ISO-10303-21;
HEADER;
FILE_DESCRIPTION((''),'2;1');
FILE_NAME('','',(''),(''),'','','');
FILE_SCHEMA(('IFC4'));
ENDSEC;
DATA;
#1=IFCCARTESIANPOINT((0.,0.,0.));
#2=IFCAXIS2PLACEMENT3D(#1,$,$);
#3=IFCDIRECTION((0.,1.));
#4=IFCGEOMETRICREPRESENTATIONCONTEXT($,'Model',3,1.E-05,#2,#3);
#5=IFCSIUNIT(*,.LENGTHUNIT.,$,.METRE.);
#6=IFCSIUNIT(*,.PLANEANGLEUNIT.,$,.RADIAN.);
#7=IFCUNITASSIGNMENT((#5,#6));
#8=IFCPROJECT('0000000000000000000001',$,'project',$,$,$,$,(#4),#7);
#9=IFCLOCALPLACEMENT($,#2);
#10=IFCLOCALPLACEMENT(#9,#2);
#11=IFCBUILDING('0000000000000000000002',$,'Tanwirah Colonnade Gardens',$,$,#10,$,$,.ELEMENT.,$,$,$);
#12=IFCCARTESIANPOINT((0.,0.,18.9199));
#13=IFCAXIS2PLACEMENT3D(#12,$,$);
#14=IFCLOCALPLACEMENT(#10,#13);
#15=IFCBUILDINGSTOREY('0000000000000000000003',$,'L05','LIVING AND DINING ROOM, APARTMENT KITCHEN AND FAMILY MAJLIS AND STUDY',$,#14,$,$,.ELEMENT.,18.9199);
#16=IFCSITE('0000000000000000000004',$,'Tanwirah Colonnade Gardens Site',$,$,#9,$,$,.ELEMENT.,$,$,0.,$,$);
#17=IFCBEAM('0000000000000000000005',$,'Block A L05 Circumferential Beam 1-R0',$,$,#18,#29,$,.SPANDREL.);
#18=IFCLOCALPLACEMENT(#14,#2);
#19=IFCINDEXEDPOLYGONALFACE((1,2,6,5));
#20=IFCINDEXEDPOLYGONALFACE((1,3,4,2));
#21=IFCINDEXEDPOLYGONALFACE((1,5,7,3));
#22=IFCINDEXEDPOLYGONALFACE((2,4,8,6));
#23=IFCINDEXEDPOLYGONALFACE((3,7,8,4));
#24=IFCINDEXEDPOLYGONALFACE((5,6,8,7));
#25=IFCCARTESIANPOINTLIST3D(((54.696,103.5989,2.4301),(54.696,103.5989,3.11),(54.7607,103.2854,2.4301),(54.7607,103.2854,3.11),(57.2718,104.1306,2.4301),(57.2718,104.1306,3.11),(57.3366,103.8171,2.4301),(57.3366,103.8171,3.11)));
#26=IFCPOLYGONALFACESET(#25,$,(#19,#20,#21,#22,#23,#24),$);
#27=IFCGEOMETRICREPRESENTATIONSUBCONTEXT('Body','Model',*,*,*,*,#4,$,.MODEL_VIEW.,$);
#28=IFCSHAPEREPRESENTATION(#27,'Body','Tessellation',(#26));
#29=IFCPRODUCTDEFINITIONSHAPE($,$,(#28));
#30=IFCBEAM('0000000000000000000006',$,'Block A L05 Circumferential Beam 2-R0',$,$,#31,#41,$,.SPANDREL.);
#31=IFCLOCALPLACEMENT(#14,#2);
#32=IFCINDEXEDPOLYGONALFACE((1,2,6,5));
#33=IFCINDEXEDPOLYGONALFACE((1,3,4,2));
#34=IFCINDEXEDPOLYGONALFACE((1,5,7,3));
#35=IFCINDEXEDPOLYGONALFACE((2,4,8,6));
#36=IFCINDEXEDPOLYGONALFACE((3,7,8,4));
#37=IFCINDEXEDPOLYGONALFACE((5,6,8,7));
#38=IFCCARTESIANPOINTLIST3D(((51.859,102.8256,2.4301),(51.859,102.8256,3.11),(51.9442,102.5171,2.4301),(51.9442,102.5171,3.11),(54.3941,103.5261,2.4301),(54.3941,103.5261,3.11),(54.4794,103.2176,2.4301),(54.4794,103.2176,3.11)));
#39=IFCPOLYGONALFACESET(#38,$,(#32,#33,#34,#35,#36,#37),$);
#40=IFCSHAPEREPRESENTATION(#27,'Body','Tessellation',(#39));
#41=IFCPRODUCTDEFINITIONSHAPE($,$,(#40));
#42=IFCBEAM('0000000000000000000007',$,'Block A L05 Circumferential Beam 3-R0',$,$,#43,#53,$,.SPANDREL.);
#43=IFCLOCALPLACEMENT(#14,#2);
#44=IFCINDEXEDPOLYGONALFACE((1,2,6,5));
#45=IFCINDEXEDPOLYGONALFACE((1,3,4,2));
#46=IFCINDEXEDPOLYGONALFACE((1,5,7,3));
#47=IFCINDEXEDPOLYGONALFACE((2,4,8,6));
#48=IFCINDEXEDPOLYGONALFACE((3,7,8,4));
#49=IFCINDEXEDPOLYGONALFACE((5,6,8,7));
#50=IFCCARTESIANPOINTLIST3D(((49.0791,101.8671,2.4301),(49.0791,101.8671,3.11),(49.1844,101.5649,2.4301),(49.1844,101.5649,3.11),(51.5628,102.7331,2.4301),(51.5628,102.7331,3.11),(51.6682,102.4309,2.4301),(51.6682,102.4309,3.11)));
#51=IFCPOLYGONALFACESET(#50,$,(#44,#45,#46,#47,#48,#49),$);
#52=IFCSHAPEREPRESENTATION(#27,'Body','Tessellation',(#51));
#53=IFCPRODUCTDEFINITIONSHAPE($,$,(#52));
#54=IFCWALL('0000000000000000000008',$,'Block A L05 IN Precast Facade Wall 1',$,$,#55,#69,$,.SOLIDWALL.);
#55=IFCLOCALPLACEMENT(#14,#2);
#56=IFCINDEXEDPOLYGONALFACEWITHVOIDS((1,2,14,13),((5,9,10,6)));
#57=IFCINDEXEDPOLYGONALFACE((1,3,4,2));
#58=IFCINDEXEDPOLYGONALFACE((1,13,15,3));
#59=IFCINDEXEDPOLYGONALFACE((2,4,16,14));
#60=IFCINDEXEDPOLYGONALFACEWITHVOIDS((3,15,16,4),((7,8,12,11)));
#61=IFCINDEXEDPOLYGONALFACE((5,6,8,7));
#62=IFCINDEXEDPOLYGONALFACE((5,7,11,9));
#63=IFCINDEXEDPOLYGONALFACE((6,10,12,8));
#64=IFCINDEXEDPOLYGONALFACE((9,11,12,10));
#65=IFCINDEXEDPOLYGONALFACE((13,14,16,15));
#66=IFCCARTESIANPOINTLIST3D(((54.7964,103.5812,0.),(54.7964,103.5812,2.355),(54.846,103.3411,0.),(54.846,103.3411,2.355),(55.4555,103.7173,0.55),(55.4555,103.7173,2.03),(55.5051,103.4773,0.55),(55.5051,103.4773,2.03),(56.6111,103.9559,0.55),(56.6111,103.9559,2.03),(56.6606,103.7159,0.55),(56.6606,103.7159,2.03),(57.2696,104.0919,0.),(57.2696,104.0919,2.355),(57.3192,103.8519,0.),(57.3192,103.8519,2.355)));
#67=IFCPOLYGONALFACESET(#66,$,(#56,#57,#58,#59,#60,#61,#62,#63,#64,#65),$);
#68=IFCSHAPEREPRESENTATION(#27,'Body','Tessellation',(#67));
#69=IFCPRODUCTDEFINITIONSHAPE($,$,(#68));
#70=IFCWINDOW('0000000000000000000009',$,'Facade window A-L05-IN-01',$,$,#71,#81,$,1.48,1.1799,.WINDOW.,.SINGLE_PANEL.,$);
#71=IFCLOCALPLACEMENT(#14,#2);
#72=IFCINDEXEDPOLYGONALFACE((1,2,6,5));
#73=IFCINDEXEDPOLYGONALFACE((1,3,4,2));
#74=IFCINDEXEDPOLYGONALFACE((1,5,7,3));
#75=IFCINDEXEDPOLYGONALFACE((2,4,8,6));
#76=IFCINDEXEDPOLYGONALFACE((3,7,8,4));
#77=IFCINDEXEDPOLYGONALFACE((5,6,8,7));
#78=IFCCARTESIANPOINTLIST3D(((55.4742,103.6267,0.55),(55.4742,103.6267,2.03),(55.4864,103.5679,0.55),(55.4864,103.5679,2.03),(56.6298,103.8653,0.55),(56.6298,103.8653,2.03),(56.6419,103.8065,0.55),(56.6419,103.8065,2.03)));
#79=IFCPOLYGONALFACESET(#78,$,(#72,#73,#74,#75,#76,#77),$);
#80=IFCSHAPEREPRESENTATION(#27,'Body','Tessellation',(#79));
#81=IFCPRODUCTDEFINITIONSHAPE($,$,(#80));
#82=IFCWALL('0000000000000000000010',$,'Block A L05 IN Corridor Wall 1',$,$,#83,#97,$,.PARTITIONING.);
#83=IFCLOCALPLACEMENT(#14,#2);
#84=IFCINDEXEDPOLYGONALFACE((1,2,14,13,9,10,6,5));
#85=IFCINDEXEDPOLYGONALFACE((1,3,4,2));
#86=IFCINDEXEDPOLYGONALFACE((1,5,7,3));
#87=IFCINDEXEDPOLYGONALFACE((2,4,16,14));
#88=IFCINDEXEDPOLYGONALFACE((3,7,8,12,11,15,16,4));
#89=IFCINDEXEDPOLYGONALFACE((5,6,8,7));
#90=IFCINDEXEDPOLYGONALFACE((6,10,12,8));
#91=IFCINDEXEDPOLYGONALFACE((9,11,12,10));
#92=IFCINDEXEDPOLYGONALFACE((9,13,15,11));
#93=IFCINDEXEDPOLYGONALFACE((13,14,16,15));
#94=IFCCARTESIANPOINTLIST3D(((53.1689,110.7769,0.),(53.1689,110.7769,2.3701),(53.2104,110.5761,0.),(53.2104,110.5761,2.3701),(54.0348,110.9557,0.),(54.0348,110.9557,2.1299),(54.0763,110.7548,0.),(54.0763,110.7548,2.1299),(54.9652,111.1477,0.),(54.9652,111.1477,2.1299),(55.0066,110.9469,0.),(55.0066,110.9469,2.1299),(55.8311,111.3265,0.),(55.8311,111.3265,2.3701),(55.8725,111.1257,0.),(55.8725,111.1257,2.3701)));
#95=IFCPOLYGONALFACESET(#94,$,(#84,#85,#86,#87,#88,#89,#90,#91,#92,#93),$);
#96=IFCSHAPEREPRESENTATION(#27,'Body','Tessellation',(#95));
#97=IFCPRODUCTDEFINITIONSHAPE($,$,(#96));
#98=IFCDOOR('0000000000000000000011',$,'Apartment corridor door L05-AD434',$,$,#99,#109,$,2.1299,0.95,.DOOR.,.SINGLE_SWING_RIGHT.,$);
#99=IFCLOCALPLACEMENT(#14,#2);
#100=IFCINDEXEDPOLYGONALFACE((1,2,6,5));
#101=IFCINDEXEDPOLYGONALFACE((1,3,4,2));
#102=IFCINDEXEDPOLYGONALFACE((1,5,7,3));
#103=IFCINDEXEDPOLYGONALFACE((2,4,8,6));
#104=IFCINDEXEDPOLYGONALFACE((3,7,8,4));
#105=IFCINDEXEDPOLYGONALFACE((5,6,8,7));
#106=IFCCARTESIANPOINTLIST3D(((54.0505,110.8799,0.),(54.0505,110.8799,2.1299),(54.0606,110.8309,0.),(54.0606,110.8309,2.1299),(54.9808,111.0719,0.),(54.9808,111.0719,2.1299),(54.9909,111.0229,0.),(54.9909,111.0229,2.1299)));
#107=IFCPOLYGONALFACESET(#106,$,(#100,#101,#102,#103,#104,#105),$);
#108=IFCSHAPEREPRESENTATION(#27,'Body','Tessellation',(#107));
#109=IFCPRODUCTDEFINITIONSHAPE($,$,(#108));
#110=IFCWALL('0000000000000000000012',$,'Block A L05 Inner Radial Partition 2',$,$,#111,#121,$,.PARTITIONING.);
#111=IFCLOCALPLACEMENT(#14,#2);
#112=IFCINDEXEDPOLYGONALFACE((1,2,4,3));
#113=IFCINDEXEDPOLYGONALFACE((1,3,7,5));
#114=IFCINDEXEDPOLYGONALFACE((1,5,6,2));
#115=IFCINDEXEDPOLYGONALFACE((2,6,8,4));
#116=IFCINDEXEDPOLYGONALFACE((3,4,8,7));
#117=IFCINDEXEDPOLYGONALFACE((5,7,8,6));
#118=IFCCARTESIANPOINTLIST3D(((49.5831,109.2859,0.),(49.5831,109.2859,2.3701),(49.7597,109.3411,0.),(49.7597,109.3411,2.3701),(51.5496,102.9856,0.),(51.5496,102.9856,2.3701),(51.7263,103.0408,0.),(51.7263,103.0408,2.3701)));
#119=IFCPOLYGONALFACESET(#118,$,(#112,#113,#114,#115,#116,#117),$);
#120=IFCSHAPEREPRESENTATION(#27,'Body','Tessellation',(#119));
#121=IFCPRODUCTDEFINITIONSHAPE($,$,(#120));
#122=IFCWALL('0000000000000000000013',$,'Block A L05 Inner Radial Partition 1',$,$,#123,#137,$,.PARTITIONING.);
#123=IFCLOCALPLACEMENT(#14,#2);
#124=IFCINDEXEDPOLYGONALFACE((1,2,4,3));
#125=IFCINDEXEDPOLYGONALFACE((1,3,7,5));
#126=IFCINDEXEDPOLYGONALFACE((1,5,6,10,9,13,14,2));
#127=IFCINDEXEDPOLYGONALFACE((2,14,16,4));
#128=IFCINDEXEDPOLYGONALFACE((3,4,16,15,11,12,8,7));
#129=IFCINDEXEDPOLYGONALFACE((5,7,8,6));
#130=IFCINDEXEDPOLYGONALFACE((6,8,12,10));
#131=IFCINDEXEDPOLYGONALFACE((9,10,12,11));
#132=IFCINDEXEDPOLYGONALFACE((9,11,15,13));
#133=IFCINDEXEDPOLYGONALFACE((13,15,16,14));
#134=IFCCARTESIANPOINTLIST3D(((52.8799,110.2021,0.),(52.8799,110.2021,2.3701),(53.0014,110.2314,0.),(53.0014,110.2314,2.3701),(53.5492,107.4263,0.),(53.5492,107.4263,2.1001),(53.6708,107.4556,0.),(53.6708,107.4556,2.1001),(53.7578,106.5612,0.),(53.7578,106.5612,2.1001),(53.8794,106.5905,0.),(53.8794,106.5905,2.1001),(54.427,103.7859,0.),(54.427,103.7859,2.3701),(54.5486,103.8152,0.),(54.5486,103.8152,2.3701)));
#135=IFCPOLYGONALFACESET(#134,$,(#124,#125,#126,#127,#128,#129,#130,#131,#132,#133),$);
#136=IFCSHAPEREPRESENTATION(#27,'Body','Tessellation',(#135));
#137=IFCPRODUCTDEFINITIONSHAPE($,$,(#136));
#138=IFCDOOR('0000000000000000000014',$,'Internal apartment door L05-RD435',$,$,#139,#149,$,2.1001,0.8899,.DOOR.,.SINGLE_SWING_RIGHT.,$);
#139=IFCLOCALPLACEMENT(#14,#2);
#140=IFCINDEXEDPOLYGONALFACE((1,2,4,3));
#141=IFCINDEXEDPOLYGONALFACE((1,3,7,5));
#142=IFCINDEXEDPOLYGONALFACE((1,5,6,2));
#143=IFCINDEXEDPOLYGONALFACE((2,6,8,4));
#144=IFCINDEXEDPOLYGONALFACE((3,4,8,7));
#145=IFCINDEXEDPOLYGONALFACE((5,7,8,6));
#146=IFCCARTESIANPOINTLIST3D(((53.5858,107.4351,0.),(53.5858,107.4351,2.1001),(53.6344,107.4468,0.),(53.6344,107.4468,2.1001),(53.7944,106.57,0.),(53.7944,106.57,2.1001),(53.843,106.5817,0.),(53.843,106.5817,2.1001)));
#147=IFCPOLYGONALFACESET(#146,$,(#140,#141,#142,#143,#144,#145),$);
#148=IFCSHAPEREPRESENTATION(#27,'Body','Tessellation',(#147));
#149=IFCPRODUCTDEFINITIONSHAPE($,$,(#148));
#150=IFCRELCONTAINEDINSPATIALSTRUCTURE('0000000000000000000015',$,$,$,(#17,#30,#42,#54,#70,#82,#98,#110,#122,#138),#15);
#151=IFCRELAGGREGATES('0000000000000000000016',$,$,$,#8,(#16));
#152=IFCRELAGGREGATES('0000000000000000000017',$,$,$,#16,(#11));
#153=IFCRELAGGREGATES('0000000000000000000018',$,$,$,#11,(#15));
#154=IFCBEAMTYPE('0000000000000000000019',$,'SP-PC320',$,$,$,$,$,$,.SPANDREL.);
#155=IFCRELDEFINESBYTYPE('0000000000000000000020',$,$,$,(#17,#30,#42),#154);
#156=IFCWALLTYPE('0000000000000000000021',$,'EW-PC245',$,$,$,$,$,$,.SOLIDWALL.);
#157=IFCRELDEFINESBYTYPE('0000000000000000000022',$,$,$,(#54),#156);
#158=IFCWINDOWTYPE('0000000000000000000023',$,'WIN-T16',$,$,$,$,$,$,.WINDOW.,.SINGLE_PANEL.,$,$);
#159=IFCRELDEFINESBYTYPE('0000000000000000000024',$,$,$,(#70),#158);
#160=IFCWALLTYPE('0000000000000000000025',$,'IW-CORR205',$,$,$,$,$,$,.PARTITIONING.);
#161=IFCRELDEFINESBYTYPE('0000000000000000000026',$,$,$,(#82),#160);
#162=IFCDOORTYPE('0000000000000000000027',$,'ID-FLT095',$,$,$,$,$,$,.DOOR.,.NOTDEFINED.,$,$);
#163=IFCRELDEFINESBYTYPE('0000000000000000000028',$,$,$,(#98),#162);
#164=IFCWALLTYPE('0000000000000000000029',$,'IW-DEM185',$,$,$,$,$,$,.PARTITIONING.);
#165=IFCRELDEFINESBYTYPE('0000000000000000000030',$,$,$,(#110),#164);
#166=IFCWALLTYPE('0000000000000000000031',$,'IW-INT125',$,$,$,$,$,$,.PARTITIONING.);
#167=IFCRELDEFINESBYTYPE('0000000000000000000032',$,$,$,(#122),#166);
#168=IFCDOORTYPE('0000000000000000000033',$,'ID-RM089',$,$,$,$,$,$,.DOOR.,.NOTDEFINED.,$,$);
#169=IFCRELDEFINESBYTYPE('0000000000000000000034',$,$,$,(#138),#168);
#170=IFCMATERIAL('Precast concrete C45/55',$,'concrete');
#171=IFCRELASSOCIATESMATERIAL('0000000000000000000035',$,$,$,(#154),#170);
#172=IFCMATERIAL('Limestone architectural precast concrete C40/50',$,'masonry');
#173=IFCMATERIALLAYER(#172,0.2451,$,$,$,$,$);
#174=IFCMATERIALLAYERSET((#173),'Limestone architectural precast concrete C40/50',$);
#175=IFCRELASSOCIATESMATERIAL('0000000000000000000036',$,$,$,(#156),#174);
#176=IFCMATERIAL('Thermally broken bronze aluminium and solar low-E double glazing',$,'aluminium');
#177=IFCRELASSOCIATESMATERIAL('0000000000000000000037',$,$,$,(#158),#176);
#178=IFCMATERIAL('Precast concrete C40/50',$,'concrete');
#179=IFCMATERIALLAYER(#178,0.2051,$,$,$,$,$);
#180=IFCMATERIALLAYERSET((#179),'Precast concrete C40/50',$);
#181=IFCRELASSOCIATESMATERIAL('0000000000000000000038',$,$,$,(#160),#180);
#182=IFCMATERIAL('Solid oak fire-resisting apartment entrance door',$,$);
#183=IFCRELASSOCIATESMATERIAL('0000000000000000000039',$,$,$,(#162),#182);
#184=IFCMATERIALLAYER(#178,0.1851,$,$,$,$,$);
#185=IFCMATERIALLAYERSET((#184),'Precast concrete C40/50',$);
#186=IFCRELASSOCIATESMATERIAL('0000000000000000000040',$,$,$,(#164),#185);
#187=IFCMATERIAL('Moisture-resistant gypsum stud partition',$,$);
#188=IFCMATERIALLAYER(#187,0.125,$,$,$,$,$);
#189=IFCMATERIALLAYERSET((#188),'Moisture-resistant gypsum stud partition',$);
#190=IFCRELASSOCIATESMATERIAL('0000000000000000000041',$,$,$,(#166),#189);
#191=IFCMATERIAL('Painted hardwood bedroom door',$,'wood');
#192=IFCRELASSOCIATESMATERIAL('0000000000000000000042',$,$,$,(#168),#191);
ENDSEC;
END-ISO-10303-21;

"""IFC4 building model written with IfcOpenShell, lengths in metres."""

from ifc_helpers import new_model, si_unit, direction, frame, frame_2d, origin, origin_2d, place, context, subcontext, project, spatial, rectangle, extrude, material, layer, layer_set, material_profile, profile_set, type_object, element, fill, save


model = new_model("IFC4")

# Units and contexts
model_context = context("Model", 3, precision=1e-05, world=origin(), true_north=direction((0.0, 1.0)))
body_context = subcontext(model_context, "Body", "Model", "MODEL_VIEW")
ifc_project = project(units=[si_unit("LENGTHUNIT", "METRE"), si_unit("PLANEANGLEUNIT", "RADIAN")], contexts=[model_context])

# Site, building, storey
site_placement = place(None, origin())
site = spatial("IfcSite", under=ifc_project, at=site_placement, Name="Tanwirah Colonnade Gardens Site", CompositionType="ELEMENT", RefElevation=0.0)
building_placement = place(site_placement, origin())
building = spatial("IfcBuilding", under=site, at=building_placement, Name="Tanwirah Colonnade Gardens", CompositionType="ELEMENT")
storey_placement = place(building_placement, frame((0.0, 0.0, 18.9199)))
storey = spatial("IfcBuildingStorey", under=building, at=storey_placement, Name="L05", Description="LIVING AND DINING ROOM, APARTMENT KITCHEN AND FAMILY MAJLIS AND STUDY", CompositionType="ELEMENT", Elevation=18.9199)

# Shared definitions
ifc_material_1 = material(Name="Precast concrete C45/55", Category="concrete")
ifc_material_2 = material(Name="Precast concrete C40/50", Category="concrete")

# Beams
ifc_material_profile_1 = material_profile(ifc_material_1, rectangle(XDim=0.3201, YDim=0.6799, at=origin_2d()), Name="PC-SP 320x680")
ifc_profile_set_1 = profile_set([ifc_material_profile_1], Name="Precast concrete C45/55")
beam_type_1 = type_object("IfcBeamType", Name="SP-PC320", PredefinedType="SPANDREL", material=ifc_profile_set_1)
for number, where, z_axis, x_axis, name in (
    (1, (57.3042, 103.9739, 2.77), (-0.979352, -0.202164, 0.0), (0.202164, -0.979352, 0.0), "Block A L05 Circumferential Beam 1-R0"),
    (2, (54.4368, 103.3718, 2.77), (-0.963887, -0.266313, 0.0), (0.266313, -0.963887, 0.0), "Block A L05 Circumferential Beam 2-R0"),
):
    element("IfcBeam", number, at=place(storey_placement, frame(where, z_axis=z_axis, x_axis=x_axis)), inside=storey, type_object=beam_type_1, Name=name, PredefinedType="SPANDREL", context=body_context, shape_type="SweptSolid", body=[
        extrude(rectangle(XDim=0.3201, YDim=0.6799, at=origin_2d()), origin(), (0.0, 0.0, 1.0), 2.6301),
    ])
beam_1_placement = place(storey_placement, frame((51.6155, 102.582, 2.77), z_axis=(-0.94425, -0.32923, 0.0), x_axis=(0.32923, -0.94425, 0.0)))
element("IfcBeam", 3, at=beam_1_placement, inside=storey, type_object=beam_type_1, Name="Block A L05 Circumferential Beam 3-R0", PredefinedType="SPANDREL", context=body_context, shape_type="SweptSolid", body=[
    extrude(rectangle(XDim=0.3201, YDim=0.6799, at=origin_2d()), origin(), (0.0, 0.0, 1.0), 2.6304),
])

# Wall, opening, window
ifc_material_3 = material(Name="Limestone architectural precast concrete C40/50", Category="masonry")
ifc_layer_1 = layer(ifc_material_3, 0.2451)
ifc_layer_set_1 = layer_set([ifc_layer_1], Name="Limestone architectural precast concrete C40/50")
wall_type_1 = type_object("IfcWallType", Name="EW-PC245", PredefinedType="SOLIDWALL", material=ifc_layer_set_1)
wall_1_placement = place(storey_placement, frame((57.2944, 103.9719, 0.0), z_axis=(0.0, 0.0, 1.0), x_axis=(-0.979334, -0.202248, 0.0)))
wall_1 = element("IfcWall", 4, at=wall_1_placement, inside=storey, type_object=wall_type_1, Name="Block A L05 IN Precast Facade Wall 1", PredefinedType="SOLIDWALL", context=body_context, shape_type="SweptSolid", body=[
    extrude(rectangle(XDim=2.5254, YDim=0.2451, at=frame_2d((1.2627, 0.0))), origin(), (0.0, 0.0, 1.0), 2.355),
])
opening_1_placement = place(wall_1_placement, frame((0.6726, 0.0, 0.55)))
opening_1 = element("IfcOpeningElement", 5, at=opening_1_placement, cuts=wall_1, PredefinedType="OPENING", context=body_context, shape_type="SweptSolid", body=[
    extrude(rectangle(XDim=1.1799, YDim=1.48, at=frame_2d((0.5898, 0.74))), frame((0.0, 0.1326, 0.0), z_axis=(0.0, -1.0, 0.0), x_axis=(1.0, 0.0, 0.0)), (0.0, 0.0, 1.0), 0.2651),
])
ifc_material_4 = material(Name="Thermally broken bronze aluminium and solar low-E double glazing", Category="aluminium")
window_type = type_object("IfcWindowType", Name="WIN-T16", PartitioningType="SINGLE_PANEL", PredefinedType="WINDOW", material=ifc_material_4)
window_placement = place(opening_1_placement, origin())
window = element("IfcWindow", 6, at=window_placement, inside=storey, type_object=window_type, Name="Facade window A-L05-IN-01", OverallHeight=1.48, OverallWidth=1.1799, PartitioningType="SINGLE_PANEL", PredefinedType="WINDOW", context=body_context, shape_type="SweptSolid", body=[
    extrude(rectangle(XDim=1.1799, YDim=1.48, at=frame_2d((0.5898, 0.74))), frame((0.0, 0.03, 0.0), z_axis=(0.0, -1.0, 0.0), x_axis=(1.0, 0.0, 0.0)), (0.0, 0.0, 1.0), 0.0601),
])
fill(opening_1, window)

# Wall, opening, door
ifc_layer_2 = layer(ifc_material_2, 0.2051)
ifc_layer_set_2 = layer_set([ifc_layer_2], Name="Precast concrete C40/50")
wall_type_2 = type_object("IfcWallType", Name="IW-CORR205", PredefinedType="PARTITIONING", material=ifc_layer_set_2)
wall_2_placement = place(storey_placement, frame((55.8518, 111.2261, 0.0), z_axis=(0.0, 0.0, 1.0), x_axis=(-0.979349, -0.202175, 0.0)))
wall_2 = element("IfcWall", 7, at=wall_2_placement, inside=storey, type_object=wall_type_2, Name="Block A L05 IN Corridor Wall 1", PredefinedType="PARTITIONING", context=body_context, shape_type="SweptSolid", body=[
    extrude(rectangle(XDim=2.7183, YDim=0.2051, at=frame_2d((1.3591, 0.0))), origin(), (0.0, 0.0, 1.0), 2.3701),
])
opening_2_placement = place(wall_2_placement, frame((0.884, 0.0, 0.0)))
opening_2 = element("IfcOpeningElement", 8, at=opening_2_placement, cuts=wall_2, PredefinedType="OPENING", context=body_context, shape_type="SweptSolid", body=[
    extrude(rectangle(XDim=0.95, YDim=2.1299, at=frame_2d((0.4751, 1.0649))), frame((0.0, 0.1125, 0.0), z_axis=(0.0, -1.0, 0.0), x_axis=(1.0, 0.0, 0.0)), (0.0, 0.0, 1.0), 0.2251),
])
ifc_material_5 = material(Name="Solid oak fire-resisting apartment entrance door")
door_type_1 = type_object("IfcDoorType", Name="ID-FLT095", OperationType="NOTDEFINED", PredefinedType="DOOR", material=ifc_material_5)
door_1_placement = place(opening_2_placement, origin())
door_1 = element("IfcDoor", 9, at=door_1_placement, inside=storey, type_object=door_type_1, Name="Apartment corridor door L05-AD434", OperationType="SINGLE_SWING_RIGHT", OverallHeight=2.1299, OverallWidth=0.95, PredefinedType="DOOR", context=body_context, shape_type="SweptSolid", body=[
    extrude(rectangle(XDim=0.95, YDim=2.1299, at=frame_2d((0.4751, 1.0649))), frame((0.0, 0.0249, 0.0), z_axis=(0.0, -1.0, 0.0), x_axis=(1.0, 0.0, 0.0)), (0.0, 0.0, 1.0), 0.05),
])
fill(opening_2, door_1)

# Wall
ifc_layer_3 = layer(ifc_material_2, 0.1851)
ifc_layer_set_3 = layer_set([ifc_layer_3], Name="Precast concrete C40/50")
wall_type_3 = type_object("IfcWallType", Name="IW-DEM185", PredefinedType="PARTITIONING", material=ifc_layer_set_3)
wall_3_placement = place(storey_placement, frame((51.6379, 103.0132, 0.0), z_axis=(0.0, 0.0, 1.0), x_axis=(-0.297959, 0.954579, 0.0)))
element("IfcWall", 10, at=wall_3_placement, inside=storey, type_object=wall_type_3, Name="Block A L05 Inner Radial Partition 2", PredefinedType="PARTITIONING", context=body_context, shape_type="SweptSolid", body=[
    extrude(rectangle(XDim=6.6001, YDim=0.1851, at=frame_2d((3.3, 0.0))), origin(), (0.0, 0.0, 1.0), 2.3701),
])

# Wall, opening, door
ifc_material_6 = material(Name="Moisture-resistant gypsum stud partition")
ifc_layer_4 = layer(ifc_material_6, 0.125)
ifc_layer_set_4 = layer_set([ifc_layer_4], Name="Moisture-resistant gypsum stud partition")
wall_type_4 = type_object("IfcWallType", Name="IW-INT125", PredefinedType="PARTITIONING", material=ifc_layer_set_4)
wall_4_placement = place(storey_placement, frame((54.4878, 103.8005, 0.0), z_axis=(0.0, 0.0, 1.0), x_axis=(-0.234407, 0.972139, 0.0)))
wall_4 = element("IfcWall", 11, at=wall_4_placement, inside=storey, type_object=wall_type_4, Name="Block A L05 Inner Radial Partition 1", PredefinedType="PARTITIONING", context=body_context, shape_type="SweptSolid", body=[
    extrude(rectangle(XDim=6.6001, YDim=0.125, at=frame_2d((3.3, 0.0))), origin(), (0.0, 0.0, 1.0), 2.3701),
])
opening_3_placement = place(wall_4_placement, frame((2.855, 0.0, 0.0)))
opening_3 = element("IfcOpeningElement", 12, at=opening_3_placement, cuts=wall_4, PredefinedType="OPENING", context=body_context, shape_type="SweptSolid", body=[
    extrude(rectangle(XDim=0.8899, YDim=2.1001, at=frame_2d((0.4448, 1.05))), frame((0.0, 0.0725, 0.0), z_axis=(0.0, -1.0, 0.0), x_axis=(1.0, 0.0, 0.0)), (0.0, 0.0, 1.0), 0.145),
])
ifc_material_7 = material(Name="Painted hardwood bedroom door", Category="wood")
door_type_2 = type_object("IfcDoorType", Name="ID-RM089", OperationType="NOTDEFINED", PredefinedType="DOOR", material=ifc_material_7)
door_2_placement = place(opening_3_placement, origin())
door_2 = element("IfcDoor", 13, at=door_2_placement, inside=storey, type_object=door_type_2, Name="Internal apartment door L05-RD435", OperationType="SINGLE_SWING_RIGHT", OverallHeight=2.1001, OverallWidth=0.8899, PredefinedType="DOOR", context=body_context, shape_type="SweptSolid", body=[
    extrude(rectangle(XDim=0.8899, YDim=2.1001, at=frame_2d((0.4448, 1.05))), frame((0.0, 0.0249, 0.0), z_axis=(0.0, -1.0, 0.0), x_axis=(1.0, 0.0, 0.0)), (0.0, 0.0, 1.0), 0.05),
])
fill(opening_3, door_2)

save(model, "model.ifc")
